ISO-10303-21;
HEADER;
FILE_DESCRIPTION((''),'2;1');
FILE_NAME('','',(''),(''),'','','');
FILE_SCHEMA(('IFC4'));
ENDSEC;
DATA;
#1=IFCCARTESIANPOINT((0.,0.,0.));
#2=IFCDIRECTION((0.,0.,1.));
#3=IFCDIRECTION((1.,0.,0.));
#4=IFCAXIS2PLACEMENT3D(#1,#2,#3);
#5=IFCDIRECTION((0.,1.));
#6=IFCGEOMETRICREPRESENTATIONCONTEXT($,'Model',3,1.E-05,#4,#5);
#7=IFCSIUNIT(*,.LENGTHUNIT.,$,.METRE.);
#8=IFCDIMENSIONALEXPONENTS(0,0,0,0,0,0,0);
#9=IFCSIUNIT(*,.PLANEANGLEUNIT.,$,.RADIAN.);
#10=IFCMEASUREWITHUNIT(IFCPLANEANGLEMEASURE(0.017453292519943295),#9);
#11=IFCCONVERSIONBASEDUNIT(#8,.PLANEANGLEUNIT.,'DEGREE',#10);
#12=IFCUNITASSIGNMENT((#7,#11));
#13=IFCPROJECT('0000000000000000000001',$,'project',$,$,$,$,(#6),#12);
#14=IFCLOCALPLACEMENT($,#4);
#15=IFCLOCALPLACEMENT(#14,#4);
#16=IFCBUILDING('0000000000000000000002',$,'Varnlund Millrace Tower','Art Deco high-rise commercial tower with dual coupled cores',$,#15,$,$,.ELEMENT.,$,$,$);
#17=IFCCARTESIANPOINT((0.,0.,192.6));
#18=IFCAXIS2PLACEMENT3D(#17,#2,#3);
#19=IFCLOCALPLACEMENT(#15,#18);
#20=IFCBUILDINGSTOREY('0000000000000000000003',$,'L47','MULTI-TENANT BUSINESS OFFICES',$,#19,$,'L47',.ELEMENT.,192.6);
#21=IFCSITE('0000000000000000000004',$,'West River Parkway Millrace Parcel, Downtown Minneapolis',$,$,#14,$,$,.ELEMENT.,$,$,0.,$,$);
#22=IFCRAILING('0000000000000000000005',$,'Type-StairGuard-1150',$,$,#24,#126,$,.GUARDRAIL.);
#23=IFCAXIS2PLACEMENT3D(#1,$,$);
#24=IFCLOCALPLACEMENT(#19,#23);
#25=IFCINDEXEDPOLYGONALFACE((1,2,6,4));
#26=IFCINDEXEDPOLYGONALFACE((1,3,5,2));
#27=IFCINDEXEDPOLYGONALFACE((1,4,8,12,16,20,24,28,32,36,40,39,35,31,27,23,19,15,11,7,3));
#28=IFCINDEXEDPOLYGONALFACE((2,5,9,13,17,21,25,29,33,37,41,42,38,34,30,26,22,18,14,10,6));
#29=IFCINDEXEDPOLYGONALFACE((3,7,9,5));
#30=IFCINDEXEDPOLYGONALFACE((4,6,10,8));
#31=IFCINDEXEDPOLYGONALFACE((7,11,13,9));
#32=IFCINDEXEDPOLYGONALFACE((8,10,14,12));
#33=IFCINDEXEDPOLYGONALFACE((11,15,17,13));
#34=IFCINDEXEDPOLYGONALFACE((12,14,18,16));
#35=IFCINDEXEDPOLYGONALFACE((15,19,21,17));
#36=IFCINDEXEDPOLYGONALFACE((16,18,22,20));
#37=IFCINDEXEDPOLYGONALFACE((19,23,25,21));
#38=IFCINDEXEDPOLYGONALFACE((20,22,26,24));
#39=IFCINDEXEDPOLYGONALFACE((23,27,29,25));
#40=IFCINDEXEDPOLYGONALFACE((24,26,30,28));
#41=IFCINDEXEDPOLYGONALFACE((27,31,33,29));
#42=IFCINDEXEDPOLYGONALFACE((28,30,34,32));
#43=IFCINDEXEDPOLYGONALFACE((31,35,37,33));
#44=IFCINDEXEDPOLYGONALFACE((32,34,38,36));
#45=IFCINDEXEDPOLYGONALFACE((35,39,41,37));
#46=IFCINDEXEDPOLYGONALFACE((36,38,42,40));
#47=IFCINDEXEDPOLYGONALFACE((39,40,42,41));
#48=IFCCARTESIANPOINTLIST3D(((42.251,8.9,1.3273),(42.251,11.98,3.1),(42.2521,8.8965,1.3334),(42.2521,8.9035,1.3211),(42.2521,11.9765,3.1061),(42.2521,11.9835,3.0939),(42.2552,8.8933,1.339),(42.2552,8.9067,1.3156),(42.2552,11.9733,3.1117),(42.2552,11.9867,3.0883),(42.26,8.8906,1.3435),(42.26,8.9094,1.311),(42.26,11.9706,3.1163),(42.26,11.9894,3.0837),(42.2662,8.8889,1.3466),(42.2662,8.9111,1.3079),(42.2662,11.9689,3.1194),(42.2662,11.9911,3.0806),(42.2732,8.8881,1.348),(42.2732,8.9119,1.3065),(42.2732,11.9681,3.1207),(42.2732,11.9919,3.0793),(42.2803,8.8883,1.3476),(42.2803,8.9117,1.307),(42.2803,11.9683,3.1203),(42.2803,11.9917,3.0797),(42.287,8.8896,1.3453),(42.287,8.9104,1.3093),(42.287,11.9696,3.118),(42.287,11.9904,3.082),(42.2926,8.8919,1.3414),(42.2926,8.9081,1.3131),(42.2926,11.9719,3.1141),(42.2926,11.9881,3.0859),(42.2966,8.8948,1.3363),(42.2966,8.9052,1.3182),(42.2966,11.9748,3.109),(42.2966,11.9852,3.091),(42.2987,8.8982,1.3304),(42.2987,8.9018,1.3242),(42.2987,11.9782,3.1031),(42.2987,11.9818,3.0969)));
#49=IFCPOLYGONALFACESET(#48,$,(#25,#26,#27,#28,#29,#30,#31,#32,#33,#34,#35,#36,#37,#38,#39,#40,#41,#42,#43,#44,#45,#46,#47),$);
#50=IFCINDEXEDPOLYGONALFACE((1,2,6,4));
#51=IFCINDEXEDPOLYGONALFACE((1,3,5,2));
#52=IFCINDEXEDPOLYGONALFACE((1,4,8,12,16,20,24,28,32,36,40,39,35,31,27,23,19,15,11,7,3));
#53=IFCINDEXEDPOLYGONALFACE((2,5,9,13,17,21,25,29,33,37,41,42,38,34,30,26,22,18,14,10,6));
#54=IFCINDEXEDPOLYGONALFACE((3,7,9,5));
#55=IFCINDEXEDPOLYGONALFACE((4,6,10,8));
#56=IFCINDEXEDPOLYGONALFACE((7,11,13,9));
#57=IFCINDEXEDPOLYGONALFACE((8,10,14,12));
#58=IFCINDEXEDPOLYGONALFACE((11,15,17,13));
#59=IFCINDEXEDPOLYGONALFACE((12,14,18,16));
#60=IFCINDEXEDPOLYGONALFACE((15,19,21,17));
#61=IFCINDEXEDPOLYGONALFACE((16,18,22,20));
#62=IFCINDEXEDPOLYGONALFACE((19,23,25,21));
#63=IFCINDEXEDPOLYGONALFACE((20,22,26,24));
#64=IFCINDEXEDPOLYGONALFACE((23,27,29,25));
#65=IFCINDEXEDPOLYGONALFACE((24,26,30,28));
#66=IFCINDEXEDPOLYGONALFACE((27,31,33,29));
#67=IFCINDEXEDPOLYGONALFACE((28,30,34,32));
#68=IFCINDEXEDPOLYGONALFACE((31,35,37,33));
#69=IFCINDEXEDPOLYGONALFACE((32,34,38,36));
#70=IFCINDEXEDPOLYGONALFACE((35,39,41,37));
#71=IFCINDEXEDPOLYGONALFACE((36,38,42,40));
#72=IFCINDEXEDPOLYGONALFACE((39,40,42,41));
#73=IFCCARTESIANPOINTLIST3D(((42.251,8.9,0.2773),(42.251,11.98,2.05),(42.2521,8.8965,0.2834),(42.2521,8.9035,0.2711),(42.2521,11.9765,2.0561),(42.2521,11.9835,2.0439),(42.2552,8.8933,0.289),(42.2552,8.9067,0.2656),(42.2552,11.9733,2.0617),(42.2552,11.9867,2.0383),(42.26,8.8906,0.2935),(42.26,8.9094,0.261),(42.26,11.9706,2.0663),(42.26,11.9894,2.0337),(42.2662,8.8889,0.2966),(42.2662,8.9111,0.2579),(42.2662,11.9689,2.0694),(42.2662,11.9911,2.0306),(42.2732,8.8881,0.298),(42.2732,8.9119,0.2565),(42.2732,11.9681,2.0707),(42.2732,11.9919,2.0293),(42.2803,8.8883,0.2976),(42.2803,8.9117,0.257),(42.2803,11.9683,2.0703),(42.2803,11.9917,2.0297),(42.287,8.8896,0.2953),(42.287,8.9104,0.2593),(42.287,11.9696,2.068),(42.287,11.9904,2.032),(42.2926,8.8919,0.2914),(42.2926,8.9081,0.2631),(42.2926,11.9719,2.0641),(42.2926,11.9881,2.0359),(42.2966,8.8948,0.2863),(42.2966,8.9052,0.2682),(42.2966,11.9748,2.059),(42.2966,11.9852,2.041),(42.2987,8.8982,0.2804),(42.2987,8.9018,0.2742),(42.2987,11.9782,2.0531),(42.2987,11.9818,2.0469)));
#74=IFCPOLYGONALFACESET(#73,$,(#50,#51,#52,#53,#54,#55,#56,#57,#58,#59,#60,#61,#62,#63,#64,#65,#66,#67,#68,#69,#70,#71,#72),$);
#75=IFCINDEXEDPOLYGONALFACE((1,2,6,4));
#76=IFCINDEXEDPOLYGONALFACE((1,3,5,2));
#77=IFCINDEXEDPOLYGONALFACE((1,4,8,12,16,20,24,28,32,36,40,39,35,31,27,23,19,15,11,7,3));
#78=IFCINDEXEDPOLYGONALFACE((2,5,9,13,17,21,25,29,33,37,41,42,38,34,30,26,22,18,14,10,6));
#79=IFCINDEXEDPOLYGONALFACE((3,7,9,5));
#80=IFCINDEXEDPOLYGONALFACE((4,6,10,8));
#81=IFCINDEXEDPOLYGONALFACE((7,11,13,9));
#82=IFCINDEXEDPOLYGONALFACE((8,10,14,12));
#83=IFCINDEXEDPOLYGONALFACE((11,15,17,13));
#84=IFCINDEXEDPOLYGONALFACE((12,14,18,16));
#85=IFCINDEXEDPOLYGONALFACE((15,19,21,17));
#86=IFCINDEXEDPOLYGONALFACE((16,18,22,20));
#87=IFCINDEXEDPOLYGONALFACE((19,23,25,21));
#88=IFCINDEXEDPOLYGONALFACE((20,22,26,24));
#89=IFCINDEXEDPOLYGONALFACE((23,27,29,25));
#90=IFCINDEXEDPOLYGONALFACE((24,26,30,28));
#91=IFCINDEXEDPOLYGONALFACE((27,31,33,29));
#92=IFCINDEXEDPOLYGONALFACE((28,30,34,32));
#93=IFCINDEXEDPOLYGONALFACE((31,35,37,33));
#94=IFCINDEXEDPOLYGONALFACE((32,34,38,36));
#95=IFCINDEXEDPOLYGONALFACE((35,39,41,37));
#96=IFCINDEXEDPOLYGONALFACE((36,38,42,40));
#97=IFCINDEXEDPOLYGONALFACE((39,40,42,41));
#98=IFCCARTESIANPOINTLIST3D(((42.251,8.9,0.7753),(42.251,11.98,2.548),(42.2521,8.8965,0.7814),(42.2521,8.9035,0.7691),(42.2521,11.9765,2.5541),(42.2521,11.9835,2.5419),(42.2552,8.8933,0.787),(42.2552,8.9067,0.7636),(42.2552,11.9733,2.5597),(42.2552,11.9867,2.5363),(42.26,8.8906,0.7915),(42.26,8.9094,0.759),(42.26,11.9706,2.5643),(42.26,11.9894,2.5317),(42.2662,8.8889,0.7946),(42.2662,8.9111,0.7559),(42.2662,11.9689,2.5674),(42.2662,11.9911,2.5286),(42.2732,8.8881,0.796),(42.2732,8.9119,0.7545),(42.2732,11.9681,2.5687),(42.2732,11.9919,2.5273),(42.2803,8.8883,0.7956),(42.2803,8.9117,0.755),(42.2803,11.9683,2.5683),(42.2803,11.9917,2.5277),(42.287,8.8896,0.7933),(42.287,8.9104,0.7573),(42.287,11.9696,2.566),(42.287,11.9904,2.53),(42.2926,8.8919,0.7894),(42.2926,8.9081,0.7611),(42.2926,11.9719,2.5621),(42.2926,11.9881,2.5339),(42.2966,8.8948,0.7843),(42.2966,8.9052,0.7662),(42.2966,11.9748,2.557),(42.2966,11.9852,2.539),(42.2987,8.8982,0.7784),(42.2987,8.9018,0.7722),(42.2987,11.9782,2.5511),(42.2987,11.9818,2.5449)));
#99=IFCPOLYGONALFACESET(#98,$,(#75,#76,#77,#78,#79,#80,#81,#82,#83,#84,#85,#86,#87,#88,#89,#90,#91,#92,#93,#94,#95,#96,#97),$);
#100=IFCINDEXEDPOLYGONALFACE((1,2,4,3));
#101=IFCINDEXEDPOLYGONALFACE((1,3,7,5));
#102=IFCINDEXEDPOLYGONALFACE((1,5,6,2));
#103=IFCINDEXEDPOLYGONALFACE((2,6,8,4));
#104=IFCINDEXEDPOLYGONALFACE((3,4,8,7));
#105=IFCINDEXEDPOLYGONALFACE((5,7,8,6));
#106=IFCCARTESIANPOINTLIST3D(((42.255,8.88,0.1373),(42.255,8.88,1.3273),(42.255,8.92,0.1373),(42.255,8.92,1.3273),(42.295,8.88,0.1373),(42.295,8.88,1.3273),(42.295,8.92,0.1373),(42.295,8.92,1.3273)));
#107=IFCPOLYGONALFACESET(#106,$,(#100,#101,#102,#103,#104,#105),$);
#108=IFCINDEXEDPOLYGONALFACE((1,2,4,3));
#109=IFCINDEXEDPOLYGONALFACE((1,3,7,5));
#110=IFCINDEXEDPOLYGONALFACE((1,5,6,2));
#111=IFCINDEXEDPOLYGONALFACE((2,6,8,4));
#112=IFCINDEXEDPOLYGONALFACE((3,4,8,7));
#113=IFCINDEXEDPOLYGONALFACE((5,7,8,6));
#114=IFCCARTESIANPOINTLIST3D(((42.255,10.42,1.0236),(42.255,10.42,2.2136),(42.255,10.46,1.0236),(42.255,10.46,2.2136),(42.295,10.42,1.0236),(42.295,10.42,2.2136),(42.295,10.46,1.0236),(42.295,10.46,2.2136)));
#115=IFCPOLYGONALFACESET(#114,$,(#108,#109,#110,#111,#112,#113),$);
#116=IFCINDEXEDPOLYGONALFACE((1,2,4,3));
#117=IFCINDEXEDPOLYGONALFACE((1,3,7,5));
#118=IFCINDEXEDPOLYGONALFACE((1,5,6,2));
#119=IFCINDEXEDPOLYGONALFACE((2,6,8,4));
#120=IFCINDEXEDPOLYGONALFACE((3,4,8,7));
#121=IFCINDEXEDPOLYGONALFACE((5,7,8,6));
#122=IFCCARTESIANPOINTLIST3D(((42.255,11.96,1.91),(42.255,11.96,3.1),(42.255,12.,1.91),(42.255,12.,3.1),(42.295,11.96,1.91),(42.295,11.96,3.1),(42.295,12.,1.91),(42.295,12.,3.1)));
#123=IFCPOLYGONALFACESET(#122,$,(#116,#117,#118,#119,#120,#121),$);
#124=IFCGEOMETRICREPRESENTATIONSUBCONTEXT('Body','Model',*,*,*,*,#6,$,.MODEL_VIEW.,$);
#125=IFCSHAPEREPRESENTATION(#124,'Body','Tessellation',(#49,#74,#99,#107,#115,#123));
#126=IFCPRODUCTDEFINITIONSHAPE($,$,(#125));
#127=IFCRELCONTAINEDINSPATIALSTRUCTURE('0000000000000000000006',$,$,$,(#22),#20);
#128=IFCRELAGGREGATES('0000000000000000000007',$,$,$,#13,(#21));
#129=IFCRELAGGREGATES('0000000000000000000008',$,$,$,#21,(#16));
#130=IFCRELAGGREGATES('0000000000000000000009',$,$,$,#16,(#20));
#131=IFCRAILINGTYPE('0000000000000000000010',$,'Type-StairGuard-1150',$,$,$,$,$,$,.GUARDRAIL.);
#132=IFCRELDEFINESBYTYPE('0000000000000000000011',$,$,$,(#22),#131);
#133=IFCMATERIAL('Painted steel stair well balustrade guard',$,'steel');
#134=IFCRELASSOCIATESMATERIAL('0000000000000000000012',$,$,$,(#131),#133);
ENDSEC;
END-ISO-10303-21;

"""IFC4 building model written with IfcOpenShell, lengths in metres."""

from ifc_helpers import new_model, entity, si_unit, converted_unit, direction, frame, origin_with_axes, origin_2d_with_axis, place, context, subcontext, project, spatial, rectangle, circle, extrude, material, type_object, element, save


model = new_model("IFC4")

# Units and contexts
model_context = context("Model", 3, precision=1e-05, world=origin_with_axes(), true_north=direction((0.0, 1.0)))
body_context = subcontext(model_context, "Body", "Model", "MODEL_VIEW")
ifc_project = project(units=[si_unit("LENGTHUNIT", "METRE"), converted_unit("PLANEANGLEUNIT", "DEGREE", entity("IfcPlaneAngleMeasure", 0.017453292519943295), si_unit("PLANEANGLEUNIT", "RADIAN"), dimensions=[0, 0, 0, 0, 0, 0, 0])], contexts=[model_context])

# Site, building, storey
site_placement = place(None, origin_with_axes())
site = spatial("IfcSite", under=ifc_project, at=site_placement, Name="West River Parkway Millrace Parcel, Downtown Minneapolis", CompositionType="ELEMENT", RefElevation=0.0)
building_placement = place(site_placement, origin_with_axes())
building = spatial("IfcBuilding", under=site, at=building_placement, Name="Varnlund Millrace Tower", Description="Art Deco high-rise commercial tower with dual coupled cores", CompositionType="ELEMENT")
storey_placement = place(building_placement, frame((0.0, 0.0, 192.6), z_axis=(0.0, 0.0, 1.0), x_axis=(1.0, 0.0, 0.0)))
storey = spatial("IfcBuildingStorey", under=building, at=storey_placement, Name="L47", Description="MULTI-TENANT BUSINESS OFFICES", LongName="L47", CompositionType="ELEMENT", Elevation=192.6)

# Railing
ifc_material_1 = material(Name="Painted steel stair well balustrade guard", Category="steel")
railing_type_1 = type_object("IfcRailingType", Name="Type-StairGuard-1150", PredefinedType="GUARDRAIL", material=ifc_material_1)
railing_1_placement = place(storey_placement, frame((0.0, 0.0, -192.6), z_axis=(0.0, 0.0, 1.0), x_axis=(1.0, 0.0, 0.0)))
element("IfcRailing", 1, at=railing_1_placement, inside=storey, type_object=railing_type_1, Name="Type-StairGuard-1150", PredefinedType="GUARDRAIL", context=body_context, shape_type="SweptSolid", body=[
    extrude(circle(Radius=0.024, at=origin_2d_with_axis()), frame((42.275, 8.9, 193.9273), z_axis=(0.0, 0.866696, 0.498836), x_axis=(-1.0, 0.0, 0.0)), (0.0, 0.0, 1.0), 3.5537),
    extrude(circle(Radius=0.024, at=origin_2d_with_axis()), frame((42.275, 8.9, 192.8773), z_axis=(0.0, 0.866696, 0.498836), x_axis=(-1.0, 0.0, 0.0)), (0.0, 0.0, 1.0), 3.5537),
    extrude(circle(Radius=0.024, at=origin_2d_with_axis()), frame((42.275, 8.9, 193.3753), z_axis=(0.0, 0.866696, 0.498836), x_axis=(-1.0, 0.0, 0.0)), (0.0, 0.0, 1.0), 3.5537),
    extrude(rectangle(XDim=0.04, YDim=0.04, at=origin_2d_with_axis()), frame((42.275, 8.9, 192.7373), z_axis=(0.0, 0.0, 1.0), x_axis=(1.0, 0.0, 0.0)), (0.0, 0.0, 1.0), 1.19),
    extrude(rectangle(XDim=0.04, YDim=0.04, at=origin_2d_with_axis()), frame((42.275, 10.44, 193.6236), z_axis=(0.0, 0.0, 1.0), x_axis=(1.0, 0.0, 0.0)), (0.0, 0.0, 1.0), 1.19),
    extrude(rectangle(XDim=0.04, YDim=0.04, at=origin_2d_with_axis()), frame((42.275, 11.98, 194.51), z_axis=(0.0, 0.0, 1.0), x_axis=(1.0, 0.0, 0.0)), (0.0, 0.0, 1.0), 1.19),
])

save(model, "model.ifc")
